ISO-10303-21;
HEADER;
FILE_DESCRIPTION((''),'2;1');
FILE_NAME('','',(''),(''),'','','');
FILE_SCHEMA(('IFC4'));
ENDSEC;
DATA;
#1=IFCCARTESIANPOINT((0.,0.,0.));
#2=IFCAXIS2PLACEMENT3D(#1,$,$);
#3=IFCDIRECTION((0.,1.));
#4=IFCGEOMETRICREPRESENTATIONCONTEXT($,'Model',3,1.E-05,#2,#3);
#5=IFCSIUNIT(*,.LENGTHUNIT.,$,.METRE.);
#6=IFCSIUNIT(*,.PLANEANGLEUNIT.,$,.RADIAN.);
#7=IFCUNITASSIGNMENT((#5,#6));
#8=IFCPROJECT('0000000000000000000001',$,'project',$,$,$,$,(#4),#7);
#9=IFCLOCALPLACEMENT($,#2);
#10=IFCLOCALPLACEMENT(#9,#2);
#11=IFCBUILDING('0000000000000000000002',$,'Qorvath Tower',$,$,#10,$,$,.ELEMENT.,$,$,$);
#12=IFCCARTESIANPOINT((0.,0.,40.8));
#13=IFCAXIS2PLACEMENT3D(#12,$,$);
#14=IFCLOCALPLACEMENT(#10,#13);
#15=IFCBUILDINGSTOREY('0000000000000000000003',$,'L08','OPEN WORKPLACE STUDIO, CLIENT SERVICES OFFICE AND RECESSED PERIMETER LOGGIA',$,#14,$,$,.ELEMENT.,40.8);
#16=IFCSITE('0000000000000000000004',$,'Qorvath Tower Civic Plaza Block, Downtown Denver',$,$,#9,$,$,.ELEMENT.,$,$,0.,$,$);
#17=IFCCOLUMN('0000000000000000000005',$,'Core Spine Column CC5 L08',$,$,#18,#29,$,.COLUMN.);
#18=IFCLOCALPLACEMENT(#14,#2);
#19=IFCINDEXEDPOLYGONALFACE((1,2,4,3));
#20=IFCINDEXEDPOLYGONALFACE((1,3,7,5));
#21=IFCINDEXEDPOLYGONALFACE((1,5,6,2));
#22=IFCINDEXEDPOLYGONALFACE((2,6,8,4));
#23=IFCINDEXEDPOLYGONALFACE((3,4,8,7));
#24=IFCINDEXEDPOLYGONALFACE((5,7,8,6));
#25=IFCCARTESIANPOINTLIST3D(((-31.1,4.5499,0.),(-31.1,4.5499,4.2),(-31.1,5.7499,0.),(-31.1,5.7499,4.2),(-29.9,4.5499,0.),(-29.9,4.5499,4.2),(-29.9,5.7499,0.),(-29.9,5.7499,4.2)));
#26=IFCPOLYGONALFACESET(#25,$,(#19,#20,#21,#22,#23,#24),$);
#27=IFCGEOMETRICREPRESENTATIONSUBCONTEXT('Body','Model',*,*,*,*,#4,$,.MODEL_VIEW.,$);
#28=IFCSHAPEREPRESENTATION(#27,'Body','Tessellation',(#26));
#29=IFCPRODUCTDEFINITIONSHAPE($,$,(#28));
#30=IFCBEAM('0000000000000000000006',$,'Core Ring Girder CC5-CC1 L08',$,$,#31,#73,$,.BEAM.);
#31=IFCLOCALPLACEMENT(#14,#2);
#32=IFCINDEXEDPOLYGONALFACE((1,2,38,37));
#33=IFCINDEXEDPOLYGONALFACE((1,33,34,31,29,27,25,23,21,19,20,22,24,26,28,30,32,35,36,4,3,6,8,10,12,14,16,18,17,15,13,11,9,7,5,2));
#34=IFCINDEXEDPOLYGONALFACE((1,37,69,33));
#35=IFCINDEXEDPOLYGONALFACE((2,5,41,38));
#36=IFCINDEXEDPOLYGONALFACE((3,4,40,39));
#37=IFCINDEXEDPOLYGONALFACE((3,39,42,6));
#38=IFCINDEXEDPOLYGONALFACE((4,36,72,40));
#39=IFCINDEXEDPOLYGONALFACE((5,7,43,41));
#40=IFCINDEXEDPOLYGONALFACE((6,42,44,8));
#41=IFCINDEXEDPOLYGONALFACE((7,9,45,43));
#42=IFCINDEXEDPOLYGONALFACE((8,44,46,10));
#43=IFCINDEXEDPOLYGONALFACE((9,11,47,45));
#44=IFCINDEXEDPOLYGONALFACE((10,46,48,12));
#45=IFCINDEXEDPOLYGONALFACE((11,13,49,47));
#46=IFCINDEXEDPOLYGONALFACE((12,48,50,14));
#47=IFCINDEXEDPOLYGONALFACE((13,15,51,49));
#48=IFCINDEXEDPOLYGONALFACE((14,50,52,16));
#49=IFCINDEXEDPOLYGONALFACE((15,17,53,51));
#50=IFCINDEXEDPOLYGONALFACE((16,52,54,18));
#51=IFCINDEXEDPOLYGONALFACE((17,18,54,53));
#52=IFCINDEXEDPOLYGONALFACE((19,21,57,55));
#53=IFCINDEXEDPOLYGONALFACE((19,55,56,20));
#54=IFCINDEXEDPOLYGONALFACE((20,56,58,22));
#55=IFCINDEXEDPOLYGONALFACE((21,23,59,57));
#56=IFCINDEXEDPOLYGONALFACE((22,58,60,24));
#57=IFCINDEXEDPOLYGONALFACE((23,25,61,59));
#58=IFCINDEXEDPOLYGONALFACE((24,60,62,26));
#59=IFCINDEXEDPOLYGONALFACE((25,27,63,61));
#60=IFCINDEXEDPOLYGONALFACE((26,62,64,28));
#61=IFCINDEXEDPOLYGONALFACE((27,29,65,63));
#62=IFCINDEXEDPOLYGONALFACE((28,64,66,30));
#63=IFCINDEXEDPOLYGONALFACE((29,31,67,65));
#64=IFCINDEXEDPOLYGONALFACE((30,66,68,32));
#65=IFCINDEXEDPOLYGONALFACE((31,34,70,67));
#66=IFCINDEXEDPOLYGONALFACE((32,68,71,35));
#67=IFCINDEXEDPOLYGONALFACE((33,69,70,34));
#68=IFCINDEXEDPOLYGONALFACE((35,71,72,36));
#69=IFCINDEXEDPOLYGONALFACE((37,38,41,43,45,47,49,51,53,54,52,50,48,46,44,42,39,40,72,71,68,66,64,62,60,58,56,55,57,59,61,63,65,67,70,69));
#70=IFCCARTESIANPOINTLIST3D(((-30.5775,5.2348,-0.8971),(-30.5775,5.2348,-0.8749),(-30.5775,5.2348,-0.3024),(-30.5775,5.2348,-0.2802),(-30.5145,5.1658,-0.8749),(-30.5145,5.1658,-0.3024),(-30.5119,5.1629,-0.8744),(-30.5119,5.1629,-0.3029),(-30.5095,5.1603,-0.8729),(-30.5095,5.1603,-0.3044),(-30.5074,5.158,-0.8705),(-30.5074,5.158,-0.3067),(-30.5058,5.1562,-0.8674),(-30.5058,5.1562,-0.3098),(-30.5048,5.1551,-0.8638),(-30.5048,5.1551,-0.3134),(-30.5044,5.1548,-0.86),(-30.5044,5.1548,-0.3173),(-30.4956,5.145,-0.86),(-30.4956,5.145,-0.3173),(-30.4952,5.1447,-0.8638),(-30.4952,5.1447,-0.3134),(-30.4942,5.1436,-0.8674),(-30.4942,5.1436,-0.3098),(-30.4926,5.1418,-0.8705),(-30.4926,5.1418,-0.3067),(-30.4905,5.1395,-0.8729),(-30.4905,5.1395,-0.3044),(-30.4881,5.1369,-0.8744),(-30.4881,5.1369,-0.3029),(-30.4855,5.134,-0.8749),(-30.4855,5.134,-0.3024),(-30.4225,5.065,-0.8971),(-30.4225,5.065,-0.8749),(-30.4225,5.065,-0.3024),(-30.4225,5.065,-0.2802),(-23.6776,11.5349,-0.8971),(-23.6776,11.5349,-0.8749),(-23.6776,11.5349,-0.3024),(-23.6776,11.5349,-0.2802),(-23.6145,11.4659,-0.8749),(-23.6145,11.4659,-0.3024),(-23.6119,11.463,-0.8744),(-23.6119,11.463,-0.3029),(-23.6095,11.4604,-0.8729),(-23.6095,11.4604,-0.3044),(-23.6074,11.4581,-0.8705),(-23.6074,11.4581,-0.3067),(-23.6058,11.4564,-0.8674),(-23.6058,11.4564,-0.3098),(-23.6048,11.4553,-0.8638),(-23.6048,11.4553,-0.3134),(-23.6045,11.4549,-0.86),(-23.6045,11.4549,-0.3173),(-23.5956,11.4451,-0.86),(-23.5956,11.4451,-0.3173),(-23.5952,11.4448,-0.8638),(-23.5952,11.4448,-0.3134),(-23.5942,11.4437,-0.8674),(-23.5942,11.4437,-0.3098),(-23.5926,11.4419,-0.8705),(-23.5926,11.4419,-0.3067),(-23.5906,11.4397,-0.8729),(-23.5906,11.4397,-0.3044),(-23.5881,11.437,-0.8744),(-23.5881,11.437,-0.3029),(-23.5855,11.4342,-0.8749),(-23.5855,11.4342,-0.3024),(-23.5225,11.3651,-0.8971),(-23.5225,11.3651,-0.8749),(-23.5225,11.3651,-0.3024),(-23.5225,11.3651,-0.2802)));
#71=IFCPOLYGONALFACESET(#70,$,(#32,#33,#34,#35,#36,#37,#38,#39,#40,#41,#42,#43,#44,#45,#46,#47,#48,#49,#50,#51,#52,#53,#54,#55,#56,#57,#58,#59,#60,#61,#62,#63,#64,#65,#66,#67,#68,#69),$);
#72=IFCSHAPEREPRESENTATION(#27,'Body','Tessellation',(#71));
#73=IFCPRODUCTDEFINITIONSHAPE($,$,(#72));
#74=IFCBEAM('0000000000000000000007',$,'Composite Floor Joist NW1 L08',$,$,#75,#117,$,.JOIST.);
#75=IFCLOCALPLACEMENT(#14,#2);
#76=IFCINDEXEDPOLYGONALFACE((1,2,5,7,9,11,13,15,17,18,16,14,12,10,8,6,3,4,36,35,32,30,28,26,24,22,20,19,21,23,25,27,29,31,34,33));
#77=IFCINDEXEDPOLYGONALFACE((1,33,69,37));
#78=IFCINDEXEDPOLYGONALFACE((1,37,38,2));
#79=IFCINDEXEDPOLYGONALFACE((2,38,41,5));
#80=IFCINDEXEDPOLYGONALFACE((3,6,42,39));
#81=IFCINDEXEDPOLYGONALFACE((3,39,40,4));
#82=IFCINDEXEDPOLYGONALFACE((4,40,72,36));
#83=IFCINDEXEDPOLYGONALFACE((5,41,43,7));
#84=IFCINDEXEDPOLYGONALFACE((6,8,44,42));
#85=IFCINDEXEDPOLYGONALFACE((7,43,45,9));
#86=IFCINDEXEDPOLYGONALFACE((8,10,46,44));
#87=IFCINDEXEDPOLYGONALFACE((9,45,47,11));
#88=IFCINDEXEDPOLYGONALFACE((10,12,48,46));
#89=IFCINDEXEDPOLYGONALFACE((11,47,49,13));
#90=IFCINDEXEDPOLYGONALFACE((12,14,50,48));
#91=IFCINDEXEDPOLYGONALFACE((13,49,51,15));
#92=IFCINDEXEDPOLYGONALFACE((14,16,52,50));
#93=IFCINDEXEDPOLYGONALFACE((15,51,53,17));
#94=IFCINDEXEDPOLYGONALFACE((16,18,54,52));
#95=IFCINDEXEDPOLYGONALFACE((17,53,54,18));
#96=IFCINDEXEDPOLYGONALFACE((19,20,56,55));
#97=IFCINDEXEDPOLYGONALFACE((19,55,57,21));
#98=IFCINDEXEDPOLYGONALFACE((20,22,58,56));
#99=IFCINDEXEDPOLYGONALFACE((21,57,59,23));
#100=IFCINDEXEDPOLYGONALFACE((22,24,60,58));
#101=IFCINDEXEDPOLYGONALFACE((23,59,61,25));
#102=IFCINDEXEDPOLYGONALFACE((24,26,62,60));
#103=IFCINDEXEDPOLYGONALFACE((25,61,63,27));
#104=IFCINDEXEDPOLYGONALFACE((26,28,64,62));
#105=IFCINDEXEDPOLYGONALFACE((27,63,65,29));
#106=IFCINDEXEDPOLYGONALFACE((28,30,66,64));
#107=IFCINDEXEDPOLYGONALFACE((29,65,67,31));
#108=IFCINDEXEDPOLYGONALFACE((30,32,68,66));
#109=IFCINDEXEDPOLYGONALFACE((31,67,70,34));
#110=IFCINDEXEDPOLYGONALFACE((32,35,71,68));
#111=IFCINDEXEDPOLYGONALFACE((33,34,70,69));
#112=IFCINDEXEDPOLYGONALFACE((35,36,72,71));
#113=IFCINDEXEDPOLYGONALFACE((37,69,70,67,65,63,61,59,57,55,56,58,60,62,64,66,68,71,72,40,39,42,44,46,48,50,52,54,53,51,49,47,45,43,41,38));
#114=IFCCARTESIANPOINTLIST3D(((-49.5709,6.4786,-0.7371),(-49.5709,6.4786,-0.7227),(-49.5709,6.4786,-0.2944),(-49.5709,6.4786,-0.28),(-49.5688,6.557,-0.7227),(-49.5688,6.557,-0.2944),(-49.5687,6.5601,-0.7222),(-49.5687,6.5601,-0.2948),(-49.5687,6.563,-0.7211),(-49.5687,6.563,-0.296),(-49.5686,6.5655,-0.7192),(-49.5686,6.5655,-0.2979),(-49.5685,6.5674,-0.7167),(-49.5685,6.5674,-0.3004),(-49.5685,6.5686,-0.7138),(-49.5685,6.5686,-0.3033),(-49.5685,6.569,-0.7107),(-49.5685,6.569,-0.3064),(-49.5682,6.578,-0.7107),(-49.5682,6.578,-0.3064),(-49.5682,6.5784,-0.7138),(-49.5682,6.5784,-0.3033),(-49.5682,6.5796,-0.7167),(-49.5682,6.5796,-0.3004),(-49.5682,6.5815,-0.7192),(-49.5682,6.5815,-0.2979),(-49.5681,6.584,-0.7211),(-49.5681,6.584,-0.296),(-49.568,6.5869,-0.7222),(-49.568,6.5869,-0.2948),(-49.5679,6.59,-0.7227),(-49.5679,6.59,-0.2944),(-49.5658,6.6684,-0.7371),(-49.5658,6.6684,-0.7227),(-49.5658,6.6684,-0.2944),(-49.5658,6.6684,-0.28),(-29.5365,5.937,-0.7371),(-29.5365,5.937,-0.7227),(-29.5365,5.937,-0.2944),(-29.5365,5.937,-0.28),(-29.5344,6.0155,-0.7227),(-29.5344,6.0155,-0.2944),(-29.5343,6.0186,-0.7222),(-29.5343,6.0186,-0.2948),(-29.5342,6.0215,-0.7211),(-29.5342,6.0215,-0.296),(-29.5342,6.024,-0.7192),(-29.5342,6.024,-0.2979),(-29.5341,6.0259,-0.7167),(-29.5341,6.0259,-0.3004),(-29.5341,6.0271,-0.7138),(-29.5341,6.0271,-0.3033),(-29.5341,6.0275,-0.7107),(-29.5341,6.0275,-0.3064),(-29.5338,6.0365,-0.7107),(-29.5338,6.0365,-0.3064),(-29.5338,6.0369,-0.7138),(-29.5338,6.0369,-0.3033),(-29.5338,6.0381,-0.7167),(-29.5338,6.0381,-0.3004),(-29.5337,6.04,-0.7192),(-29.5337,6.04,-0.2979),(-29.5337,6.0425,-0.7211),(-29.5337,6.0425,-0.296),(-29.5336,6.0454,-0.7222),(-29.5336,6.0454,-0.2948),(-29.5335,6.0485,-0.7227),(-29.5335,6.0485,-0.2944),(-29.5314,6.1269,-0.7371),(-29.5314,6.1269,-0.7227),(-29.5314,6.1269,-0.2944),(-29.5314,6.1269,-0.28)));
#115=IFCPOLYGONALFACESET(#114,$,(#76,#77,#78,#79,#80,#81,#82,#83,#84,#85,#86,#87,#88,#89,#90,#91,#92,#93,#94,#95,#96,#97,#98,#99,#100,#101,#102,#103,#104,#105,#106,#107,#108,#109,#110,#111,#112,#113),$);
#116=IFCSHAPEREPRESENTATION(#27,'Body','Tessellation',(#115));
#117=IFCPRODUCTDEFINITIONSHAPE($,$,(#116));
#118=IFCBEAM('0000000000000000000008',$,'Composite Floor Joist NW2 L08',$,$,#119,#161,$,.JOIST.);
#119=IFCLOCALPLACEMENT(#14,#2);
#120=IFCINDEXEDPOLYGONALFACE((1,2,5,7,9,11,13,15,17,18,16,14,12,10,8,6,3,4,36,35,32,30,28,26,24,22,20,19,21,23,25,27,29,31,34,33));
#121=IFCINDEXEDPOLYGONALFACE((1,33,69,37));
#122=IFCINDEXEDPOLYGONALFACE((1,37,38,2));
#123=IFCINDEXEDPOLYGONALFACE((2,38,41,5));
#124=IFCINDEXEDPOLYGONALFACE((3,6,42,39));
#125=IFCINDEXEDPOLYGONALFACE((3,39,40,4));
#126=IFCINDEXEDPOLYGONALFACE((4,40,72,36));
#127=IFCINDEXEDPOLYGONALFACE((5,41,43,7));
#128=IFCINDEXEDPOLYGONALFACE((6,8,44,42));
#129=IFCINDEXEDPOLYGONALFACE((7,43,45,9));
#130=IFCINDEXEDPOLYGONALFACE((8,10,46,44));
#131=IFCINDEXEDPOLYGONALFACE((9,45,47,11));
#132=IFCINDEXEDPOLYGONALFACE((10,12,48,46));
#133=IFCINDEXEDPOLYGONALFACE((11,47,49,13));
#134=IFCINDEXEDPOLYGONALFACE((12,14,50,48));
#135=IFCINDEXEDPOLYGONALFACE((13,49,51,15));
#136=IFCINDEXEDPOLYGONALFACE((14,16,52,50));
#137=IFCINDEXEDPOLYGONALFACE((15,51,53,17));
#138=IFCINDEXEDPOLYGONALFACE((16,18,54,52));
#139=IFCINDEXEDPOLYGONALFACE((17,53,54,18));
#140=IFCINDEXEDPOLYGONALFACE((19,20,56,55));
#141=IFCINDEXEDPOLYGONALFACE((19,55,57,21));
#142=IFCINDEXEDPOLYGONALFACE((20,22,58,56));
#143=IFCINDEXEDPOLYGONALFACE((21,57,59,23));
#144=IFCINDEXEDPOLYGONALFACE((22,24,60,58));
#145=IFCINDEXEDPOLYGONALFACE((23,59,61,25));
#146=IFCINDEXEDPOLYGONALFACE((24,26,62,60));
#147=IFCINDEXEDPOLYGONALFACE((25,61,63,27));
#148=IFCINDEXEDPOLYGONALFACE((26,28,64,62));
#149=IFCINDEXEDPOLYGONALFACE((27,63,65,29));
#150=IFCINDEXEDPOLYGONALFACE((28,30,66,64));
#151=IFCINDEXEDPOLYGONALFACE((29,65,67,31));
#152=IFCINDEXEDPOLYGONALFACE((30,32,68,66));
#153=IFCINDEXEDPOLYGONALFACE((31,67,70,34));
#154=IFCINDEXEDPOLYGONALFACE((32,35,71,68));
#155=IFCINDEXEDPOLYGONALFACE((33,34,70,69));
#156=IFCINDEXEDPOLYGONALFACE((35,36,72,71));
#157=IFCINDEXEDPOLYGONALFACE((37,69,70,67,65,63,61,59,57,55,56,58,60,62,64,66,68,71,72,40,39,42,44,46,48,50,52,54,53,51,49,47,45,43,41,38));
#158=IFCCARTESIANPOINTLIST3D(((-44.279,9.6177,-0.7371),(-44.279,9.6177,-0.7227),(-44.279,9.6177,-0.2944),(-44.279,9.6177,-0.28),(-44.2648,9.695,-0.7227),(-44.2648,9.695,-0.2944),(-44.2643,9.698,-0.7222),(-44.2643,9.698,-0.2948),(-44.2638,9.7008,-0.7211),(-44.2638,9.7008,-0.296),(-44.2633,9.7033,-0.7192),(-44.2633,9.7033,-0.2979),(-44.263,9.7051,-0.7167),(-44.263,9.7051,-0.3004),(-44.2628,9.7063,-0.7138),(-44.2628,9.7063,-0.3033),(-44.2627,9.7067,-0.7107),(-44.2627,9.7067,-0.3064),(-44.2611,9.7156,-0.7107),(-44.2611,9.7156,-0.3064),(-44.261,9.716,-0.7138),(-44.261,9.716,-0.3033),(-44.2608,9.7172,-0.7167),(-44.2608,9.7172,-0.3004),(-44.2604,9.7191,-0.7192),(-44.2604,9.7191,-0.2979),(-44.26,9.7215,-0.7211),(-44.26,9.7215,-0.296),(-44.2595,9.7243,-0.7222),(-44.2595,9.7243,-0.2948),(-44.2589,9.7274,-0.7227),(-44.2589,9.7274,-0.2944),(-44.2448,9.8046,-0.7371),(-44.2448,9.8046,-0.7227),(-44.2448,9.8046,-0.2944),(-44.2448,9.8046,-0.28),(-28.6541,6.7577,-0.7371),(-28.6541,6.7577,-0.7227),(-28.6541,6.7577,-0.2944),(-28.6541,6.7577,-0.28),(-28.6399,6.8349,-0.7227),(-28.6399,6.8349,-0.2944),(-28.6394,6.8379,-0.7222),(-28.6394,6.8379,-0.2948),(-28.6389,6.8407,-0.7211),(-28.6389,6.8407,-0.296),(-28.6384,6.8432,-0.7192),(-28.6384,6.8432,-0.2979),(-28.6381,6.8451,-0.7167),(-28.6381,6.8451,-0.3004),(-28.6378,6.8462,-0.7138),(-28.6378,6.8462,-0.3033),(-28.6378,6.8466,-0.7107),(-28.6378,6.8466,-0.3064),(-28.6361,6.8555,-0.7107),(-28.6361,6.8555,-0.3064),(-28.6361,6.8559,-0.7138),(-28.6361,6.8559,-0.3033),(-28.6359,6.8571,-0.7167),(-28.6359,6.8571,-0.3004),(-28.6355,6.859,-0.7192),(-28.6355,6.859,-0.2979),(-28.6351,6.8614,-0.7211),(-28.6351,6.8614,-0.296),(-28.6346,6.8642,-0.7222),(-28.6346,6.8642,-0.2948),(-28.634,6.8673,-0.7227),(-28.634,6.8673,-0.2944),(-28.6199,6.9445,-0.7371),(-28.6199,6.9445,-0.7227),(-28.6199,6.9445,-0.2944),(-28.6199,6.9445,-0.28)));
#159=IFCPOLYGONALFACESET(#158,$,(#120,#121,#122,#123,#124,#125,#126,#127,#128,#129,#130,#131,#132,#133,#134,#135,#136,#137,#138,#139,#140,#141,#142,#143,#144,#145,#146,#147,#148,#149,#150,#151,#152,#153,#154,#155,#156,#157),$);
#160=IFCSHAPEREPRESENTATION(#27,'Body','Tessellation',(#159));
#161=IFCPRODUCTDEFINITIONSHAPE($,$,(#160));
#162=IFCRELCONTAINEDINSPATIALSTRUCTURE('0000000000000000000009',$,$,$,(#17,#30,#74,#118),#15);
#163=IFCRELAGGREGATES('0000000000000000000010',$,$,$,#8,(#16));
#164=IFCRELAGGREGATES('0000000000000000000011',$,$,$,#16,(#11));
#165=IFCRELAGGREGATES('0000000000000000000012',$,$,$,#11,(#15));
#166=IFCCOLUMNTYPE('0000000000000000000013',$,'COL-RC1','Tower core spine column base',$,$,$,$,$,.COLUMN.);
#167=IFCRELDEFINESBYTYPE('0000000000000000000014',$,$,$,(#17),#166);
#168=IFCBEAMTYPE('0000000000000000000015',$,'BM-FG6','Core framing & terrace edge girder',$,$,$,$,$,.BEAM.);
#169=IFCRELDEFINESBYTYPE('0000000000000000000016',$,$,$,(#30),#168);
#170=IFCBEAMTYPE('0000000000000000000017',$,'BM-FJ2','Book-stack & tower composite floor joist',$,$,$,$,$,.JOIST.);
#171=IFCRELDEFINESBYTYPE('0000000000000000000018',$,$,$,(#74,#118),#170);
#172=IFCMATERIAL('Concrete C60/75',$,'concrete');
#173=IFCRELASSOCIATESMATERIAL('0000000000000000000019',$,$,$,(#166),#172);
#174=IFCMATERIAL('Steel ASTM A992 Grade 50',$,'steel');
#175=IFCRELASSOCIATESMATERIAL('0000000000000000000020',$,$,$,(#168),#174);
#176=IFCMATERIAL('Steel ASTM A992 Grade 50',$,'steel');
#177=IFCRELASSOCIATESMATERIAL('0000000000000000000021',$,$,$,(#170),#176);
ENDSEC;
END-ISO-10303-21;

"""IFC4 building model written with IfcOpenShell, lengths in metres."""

from ifc_helpers import new_model, si_unit, direction, frame, origin, origin_2d, place, context, subcontext, project, spatial, rectangle, i_section, extrude, material, material_profile, profile_set, type_object, element, save


model = new_model("IFC4")

# Units and contexts
model_context = context("Model", 3, precision=1e-05, world=origin(), true_north=direction((0.0, 1.0)))
body_context = subcontext(model_context, "Body", "Model", "MODEL_VIEW")
ifc_project = project(units=[si_unit("LENGTHUNIT", "METRE"), si_unit("PLANEANGLEUNIT", "RADIAN")], contexts=[model_context])

# Site, building, storey
site_placement = place(None, origin())
site = spatial("IfcSite", under=ifc_project, at=site_placement, Name="Qorvath Tower Civic Plaza Block, Downtown Denver", CompositionType="ELEMENT", RefElevation=0.0)
building_placement = place(site_placement, origin())
building = spatial("IfcBuilding", under=site, at=building_placement, Name="Qorvath Tower", CompositionType="ELEMENT")
storey_placement = place(building_placement, frame((0.0, 0.0, 40.8)))
storey = spatial("IfcBuildingStorey", under=building, at=storey_placement, Name="L08", Description="OPEN WORKPLACE STUDIO, CLIENT SERVICES OFFICE AND RECESSED PERIMETER LOGGIA", CompositionType="ELEMENT", Elevation=40.8)

# Column
ifc_material_1 = material(Name="Concrete C60/75", Category="concrete")
ifc_material_profile_1 = material_profile(ifc_material_1, rectangle(XDim=1.2, YDim=1.2, at=origin_2d()), Name="RC 1200x1200")
ifc_profile_set_1 = profile_set([ifc_material_profile_1], Name="Concrete C60/75")
column_type = type_object("IfcColumnType", Name="COL-RC1", Description="Tower core spine column base", PredefinedType="COLUMN", material=ifc_profile_set_1)
column_placement = place(storey_placement, frame((-30.5, 5.1499, 0.0), z_axis=(0.0, 0.0, 1.0), x_axis=(1.0, 0.0, 0.0)))
element("IfcColumn", 1, at=column_placement, inside=storey, type_object=column_type, Name="Core Spine Column CC5 L08", PredefinedType="COLUMN", context=body_context, shape_type="SweptSolid", body=[
    extrude(rectangle(XDim=1.2, YDim=1.2, at=origin_2d()), origin(), (0.0, 0.0, 1.0), 4.2),
])

# Beams
ifc_material_2 = material(Name="Steel ASTM A992 Grade 50", Category="steel")
ifc_material_profile_2 = material_profile(ifc_material_2, i_section(OverallWidth=0.23, OverallDepth=0.6169, WebThickness=0.0132, FlangeThickness=0.0222, FilletRadius=0.0149, at=origin_2d()), Name="W24x94")
ifc_profile_set_2 = profile_set([ifc_material_profile_2], Name="Steel ASTM A992 Grade 50")
beam_type_1 = type_object("IfcBeamType", Name="BM-FG6", Description="Core framing & terrace edge girder", PredefinedType="BEAM", material=ifc_profile_set_2)
beam_1_placement = place(storey_placement, frame((-30.5, 5.1499, -0.5886), z_axis=(0.738478, 0.674277, 0.0), x_axis=(-0.674277, 0.738478, 0.0)))
element("IfcBeam", 2, at=beam_1_placement, inside=storey, type_object=beam_type_1, Name="Core Ring Girder CC5-CC1 L08", PredefinedType="BEAM", context=body_context, shape_type="SweptSolid", body=[
    extrude(i_section(OverallWidth=0.23, OverallDepth=0.6169, WebThickness=0.0132, FlangeThickness=0.0222, FilletRadius=0.0149, at=origin_2d()), origin(), (0.0, 0.0, 1.0), 9.3435),
])
ifc_material_3 = material(Name="Steel ASTM A992 Grade 50", Category="steel")
ifc_material_profile_3 = material_profile(ifc_material_3, i_section(OverallWidth=0.1899, OverallDepth=0.457, WebThickness=0.009, FlangeThickness=0.0144, FilletRadius=0.012, at=origin_2d()), Name="W18x50")
ifc_profile_set_3 = profile_set([ifc_material_profile_3], Name="Steel ASTM A992 Grade 50")
beam_type_2 = type_object("IfcBeamType", Name="BM-FJ2", Description="Book-stack & tower composite floor joist", PredefinedType="JOIST", material=ifc_profile_set_3)
beam_2_placement = place(storey_placement, frame((-29.5339, 6.032, -0.5085), z_axis=(-0.999635, 0.027019, 0.0), x_axis=(-0.027019, -0.999635, 0.0)))
element("IfcBeam", 3, at=beam_2_placement, inside=storey, type_object=beam_type_2, Name="Composite Floor Joist NW1 L08", PredefinedType="JOIST", context=body_context, shape_type="SweptSolid", body=[
    extrude(i_section(OverallWidth=0.1899, OverallDepth=0.457, WebThickness=0.009, FlangeThickness=0.0144, FilletRadius=0.012, at=origin_2d()), origin(), (0.0, 0.0, 1.0), 20.0417),
])
beam_3_placement = place(storey_placement, frame((-28.637, 6.8511, -0.5085), z_axis=(-0.983656, 0.180055, 0.0), x_axis=(-0.180055, -0.983656, 0.0)))
element("IfcBeam", 4, at=beam_3_placement, inside=storey, type_object=beam_type_2, Name="Composite Floor Joist NW2 L08", PredefinedType="JOIST", context=body_context, shape_type="SweptSolid", body=[
    extrude(i_section(OverallWidth=0.1899, OverallDepth=0.457, WebThickness=0.009, FlangeThickness=0.0144, FilletRadius=0.012, at=origin_2d()), origin(), (0.0, 0.0, 1.0), 15.8845),
])

save(model, "model.ifc")
